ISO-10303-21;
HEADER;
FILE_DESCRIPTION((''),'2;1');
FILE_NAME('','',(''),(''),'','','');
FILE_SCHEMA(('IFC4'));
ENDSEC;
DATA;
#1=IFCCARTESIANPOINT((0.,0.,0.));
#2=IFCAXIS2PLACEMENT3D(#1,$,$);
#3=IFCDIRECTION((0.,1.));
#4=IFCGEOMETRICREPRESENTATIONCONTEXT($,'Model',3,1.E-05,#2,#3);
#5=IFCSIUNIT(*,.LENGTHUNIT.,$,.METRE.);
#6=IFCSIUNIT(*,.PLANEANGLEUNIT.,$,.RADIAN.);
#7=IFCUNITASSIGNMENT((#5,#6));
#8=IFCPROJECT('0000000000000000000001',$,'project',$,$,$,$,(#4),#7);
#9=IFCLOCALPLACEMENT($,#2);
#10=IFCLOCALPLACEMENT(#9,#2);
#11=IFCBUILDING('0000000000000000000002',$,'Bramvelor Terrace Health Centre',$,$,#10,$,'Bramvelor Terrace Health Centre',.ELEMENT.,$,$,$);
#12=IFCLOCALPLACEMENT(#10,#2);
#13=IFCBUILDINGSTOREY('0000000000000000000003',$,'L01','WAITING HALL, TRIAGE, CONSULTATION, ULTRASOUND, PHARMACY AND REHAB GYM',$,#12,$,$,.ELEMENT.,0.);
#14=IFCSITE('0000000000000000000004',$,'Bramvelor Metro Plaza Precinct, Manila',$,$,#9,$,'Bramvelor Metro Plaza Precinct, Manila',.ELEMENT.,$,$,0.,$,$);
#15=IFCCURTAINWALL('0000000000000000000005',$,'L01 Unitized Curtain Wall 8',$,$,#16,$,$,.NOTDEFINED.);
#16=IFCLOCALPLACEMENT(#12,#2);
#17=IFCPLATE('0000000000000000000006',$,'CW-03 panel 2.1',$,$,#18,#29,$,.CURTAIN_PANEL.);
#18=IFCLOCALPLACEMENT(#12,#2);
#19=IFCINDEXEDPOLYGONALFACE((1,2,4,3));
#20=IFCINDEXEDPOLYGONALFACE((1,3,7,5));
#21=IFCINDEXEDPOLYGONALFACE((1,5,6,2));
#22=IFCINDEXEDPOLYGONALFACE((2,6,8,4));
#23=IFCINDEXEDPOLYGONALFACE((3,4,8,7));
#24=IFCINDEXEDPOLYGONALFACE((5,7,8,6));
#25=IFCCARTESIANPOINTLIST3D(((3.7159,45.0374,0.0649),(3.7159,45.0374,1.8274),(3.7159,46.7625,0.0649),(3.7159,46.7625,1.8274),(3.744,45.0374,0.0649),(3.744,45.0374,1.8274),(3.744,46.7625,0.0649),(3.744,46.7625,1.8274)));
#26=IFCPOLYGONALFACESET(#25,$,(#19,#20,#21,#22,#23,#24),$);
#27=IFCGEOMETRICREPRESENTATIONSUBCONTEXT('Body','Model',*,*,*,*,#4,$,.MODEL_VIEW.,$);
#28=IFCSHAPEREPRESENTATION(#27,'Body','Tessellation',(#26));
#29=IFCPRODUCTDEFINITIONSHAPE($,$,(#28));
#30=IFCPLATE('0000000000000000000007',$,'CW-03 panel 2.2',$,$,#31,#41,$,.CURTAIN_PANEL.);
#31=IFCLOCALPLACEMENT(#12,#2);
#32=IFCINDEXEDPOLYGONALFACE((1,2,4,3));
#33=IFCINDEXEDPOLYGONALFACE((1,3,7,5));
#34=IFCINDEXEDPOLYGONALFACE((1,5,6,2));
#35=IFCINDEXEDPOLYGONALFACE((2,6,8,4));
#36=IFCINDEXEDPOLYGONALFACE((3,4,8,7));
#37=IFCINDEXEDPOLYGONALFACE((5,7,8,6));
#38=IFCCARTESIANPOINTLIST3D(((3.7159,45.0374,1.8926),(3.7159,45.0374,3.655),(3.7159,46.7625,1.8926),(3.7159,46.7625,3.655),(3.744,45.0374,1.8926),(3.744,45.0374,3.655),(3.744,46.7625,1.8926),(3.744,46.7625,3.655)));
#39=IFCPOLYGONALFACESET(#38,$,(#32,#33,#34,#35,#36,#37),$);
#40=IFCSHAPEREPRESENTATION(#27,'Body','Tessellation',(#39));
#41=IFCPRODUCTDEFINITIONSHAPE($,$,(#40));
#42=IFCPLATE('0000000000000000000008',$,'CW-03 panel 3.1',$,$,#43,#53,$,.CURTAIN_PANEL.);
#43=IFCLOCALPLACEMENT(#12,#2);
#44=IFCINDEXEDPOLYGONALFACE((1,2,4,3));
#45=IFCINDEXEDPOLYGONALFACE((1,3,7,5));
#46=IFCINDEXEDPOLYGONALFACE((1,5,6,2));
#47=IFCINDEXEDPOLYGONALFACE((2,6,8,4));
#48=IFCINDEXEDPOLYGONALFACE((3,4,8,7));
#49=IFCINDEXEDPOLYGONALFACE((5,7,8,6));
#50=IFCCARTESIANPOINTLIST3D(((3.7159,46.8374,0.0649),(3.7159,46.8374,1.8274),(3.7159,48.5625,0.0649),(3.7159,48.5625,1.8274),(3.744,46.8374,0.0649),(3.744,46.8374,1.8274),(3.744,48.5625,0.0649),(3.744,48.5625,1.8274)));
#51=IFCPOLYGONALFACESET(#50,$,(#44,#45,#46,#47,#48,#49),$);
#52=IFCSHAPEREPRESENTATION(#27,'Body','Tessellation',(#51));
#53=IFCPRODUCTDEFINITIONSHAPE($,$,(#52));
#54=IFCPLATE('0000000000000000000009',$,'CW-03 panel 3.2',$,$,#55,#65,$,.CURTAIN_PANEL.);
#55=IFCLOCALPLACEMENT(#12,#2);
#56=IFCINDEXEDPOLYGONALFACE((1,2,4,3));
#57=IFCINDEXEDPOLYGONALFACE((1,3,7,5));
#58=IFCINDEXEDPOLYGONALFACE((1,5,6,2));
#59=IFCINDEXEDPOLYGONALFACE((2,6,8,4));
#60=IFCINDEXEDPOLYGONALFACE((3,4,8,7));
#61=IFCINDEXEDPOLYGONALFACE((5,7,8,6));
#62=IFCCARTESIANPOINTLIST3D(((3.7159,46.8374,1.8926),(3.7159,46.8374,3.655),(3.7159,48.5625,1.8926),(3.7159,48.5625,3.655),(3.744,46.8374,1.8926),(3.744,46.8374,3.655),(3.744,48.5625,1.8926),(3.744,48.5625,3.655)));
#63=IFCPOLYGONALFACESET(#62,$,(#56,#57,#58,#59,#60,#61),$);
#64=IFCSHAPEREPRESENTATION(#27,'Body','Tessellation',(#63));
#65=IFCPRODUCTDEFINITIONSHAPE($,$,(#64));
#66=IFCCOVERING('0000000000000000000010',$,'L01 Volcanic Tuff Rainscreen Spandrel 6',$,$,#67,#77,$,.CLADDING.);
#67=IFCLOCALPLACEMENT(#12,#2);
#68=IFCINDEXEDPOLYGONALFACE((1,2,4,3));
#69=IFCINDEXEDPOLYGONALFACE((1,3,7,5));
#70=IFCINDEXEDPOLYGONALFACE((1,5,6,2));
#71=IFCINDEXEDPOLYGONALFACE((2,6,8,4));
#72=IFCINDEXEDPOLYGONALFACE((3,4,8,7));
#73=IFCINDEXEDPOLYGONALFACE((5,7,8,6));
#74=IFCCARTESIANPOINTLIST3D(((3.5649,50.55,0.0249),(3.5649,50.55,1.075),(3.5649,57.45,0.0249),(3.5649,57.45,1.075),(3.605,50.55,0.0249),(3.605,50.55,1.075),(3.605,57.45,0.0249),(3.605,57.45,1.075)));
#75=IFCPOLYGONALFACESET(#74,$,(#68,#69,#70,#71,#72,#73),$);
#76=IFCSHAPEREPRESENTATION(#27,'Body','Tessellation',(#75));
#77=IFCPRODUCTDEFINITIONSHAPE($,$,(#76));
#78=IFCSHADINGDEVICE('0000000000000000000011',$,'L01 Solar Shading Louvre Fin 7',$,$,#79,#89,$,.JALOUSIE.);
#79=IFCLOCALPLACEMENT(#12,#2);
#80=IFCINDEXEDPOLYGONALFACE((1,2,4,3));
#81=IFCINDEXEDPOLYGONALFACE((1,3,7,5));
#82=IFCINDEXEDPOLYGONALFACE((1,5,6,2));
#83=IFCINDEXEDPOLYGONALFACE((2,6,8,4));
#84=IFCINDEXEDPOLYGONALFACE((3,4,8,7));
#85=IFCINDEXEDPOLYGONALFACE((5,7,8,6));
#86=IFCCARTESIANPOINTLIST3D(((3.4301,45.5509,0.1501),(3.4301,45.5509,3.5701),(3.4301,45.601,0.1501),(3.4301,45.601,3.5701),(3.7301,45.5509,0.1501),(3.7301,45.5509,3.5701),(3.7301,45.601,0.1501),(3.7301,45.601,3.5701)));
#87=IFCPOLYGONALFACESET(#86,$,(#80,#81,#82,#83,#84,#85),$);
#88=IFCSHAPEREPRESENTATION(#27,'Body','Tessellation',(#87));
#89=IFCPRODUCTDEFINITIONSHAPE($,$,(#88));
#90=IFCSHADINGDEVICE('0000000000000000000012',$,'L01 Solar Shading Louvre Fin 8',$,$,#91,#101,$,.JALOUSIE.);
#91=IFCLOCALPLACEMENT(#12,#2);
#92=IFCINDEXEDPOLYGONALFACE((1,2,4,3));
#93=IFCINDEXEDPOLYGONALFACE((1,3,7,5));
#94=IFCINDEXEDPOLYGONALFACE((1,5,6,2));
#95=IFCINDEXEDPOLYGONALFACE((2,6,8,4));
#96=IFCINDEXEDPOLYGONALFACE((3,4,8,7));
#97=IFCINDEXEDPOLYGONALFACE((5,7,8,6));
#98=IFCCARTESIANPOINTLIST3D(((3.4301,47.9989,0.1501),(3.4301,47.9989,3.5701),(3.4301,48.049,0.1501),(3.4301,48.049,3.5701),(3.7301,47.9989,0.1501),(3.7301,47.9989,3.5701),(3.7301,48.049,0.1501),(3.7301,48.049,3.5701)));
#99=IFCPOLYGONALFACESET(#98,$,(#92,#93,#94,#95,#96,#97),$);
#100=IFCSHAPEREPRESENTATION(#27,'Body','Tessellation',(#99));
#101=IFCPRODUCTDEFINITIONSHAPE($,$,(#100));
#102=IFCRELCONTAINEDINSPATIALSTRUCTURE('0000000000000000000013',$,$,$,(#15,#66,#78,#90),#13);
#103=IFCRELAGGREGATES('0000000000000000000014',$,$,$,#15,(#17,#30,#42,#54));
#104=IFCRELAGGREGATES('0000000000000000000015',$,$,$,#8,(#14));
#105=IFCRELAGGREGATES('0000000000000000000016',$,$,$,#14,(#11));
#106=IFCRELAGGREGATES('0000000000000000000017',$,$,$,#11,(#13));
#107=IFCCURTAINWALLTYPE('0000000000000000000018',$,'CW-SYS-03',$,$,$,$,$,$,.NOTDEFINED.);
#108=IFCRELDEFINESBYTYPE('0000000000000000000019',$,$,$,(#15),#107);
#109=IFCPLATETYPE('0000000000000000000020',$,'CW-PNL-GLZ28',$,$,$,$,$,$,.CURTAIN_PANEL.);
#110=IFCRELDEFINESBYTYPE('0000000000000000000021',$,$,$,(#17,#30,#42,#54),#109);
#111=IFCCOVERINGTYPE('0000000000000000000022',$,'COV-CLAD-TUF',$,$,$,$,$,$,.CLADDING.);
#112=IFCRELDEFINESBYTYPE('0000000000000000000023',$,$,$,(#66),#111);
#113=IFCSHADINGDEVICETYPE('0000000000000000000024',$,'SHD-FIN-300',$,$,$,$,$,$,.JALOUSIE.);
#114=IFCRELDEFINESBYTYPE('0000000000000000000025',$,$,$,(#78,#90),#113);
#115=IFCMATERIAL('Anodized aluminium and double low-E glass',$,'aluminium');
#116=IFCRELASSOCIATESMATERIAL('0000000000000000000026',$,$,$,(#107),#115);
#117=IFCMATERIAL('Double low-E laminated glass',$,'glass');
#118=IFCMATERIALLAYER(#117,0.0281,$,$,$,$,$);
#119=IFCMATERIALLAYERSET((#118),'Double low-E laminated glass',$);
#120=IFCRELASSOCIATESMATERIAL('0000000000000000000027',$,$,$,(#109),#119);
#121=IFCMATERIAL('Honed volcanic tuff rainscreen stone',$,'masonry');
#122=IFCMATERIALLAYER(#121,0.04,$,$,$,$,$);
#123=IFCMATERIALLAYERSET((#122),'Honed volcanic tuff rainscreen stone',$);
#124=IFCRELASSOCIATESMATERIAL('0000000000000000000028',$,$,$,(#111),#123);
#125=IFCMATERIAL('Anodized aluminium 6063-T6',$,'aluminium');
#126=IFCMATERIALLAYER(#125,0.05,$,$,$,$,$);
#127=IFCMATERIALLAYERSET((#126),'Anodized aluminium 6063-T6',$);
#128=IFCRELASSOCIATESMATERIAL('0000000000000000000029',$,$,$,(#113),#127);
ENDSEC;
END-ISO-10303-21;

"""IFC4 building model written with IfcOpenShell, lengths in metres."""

from ifc_helpers import new_model, si_unit, direction, frame, origin, origin_2d, place, context, subcontext, project, spatial, rectangle, extrude, material, layer, layer_set, type_object, element, aggregate, save


model = new_model("IFC4")

# Units and contexts
model_context = context("Model", 3, precision=1e-05, world=origin(), true_north=direction((0.0, 1.0)))
body_context = subcontext(model_context, "Body", "Model", "MODEL_VIEW")
ifc_project = project(units=[si_unit("LENGTHUNIT", "METRE"), si_unit("PLANEANGLEUNIT", "RADIAN")], contexts=[model_context])

# Site, building, storey
site_placement = place(None, origin())
site = spatial("IfcSite", under=ifc_project, at=site_placement, Name="Bramvelor Metro Plaza Precinct, Manila", LongName="Bramvelor Metro Plaza Precinct, Manila", CompositionType="ELEMENT", RefElevation=0.0)
building_placement = place(site_placement, origin())
building = spatial("IfcBuilding", under=site, at=building_placement, Name="Bramvelor Terrace Health Centre", LongName="Bramvelor Terrace Health Centre", CompositionType="ELEMENT")
storey_placement = place(building_placement, origin())
storey = spatial("IfcBuildingStorey", under=building, at=storey_placement, Name="L01", Description="WAITING HALL, TRIAGE, CONSULTATION, ULTRASOUND, PHARMACY AND REHAB GYM", CompositionType="ELEMENT", Elevation=0.0)

# Curtain wall, plates
ifc_material_1 = material(Name="Anodized aluminium and double low-E glass", Category="aluminium")
curtain_wall_type = type_object("IfcCurtainWallType", Name="CW-SYS-03", PredefinedType="NOTDEFINED", material=ifc_material_1)
curtain_wall_placement = place(storey_placement, origin())
curtain_wall = element("IfcCurtainWall", 1, at=curtain_wall_placement, inside=storey, type_object=curtain_wall_type, Name="L01 Unitized Curtain Wall 8", PredefinedType="NOTDEFINED")
ifc_material_2 = material(Name="Double low-E laminated glass", Category="glass")
ifc_layer_1 = layer(ifc_material_2, 0.0281)
ifc_layer_set_1 = layer_set([ifc_layer_1], Name="Double low-E laminated glass")
plate_type = type_object("IfcPlateType", Name="CW-PNL-GLZ28", PredefinedType="CURTAIN_PANEL", material=ifc_layer_set_1)
plate_1_placement = place(storey_placement, frame((3.73, 45.8999, 0.0649), z_axis=(0.0, 0.0, 1.0), x_axis=(0.0, 1.0, 0.0)))
plate_1 = element("IfcPlate", 2, at=plate_1_placement, type_object=plate_type, Name="CW-03 panel 2.1", PredefinedType="CURTAIN_PANEL", context=body_context, shape_type="SweptSolid", body=[
    extrude(rectangle(XDim=1.7251, YDim=0.0281, at=origin_2d()), origin(), (0.0, 0.0, 1.0), 1.7625),
])
plate_2_placement = place(storey_placement, frame((3.73, 45.8999, 1.8926), z_axis=(0.0, 0.0, 1.0), x_axis=(0.0, 1.0, 0.0)))
plate_2 = element("IfcPlate", 3, at=plate_2_placement, type_object=plate_type, Name="CW-03 panel 2.2", PredefinedType="CURTAIN_PANEL", context=body_context, shape_type="SweptSolid", body=[
    extrude(rectangle(XDim=1.7251, YDim=0.0281, at=origin_2d()), origin(), (0.0, 0.0, 1.0), 1.7625),
])
plate_3_placement = place(storey_placement, frame((3.73, 47.7, 0.0649), z_axis=(0.0, 0.0, 1.0), x_axis=(0.0, 1.0, 0.0)))
plate_3 = element("IfcPlate", 4, at=plate_3_placement, type_object=plate_type, Name="CW-03 panel 3.1", PredefinedType="CURTAIN_PANEL", context=body_context, shape_type="SweptSolid", body=[
    extrude(rectangle(XDim=1.7251, YDim=0.0281, at=origin_2d()), origin(), (0.0, 0.0, 1.0), 1.7625),
])
plate_4_placement = place(storey_placement, frame((3.73, 47.7, 1.8926), z_axis=(0.0, 0.0, 1.0), x_axis=(0.0, 1.0, 0.0)))
plate_4 = element("IfcPlate", 5, at=plate_4_placement, type_object=plate_type, Name="CW-03 panel 3.2", PredefinedType="CURTAIN_PANEL", context=body_context, shape_type="SweptSolid", body=[
    extrude(rectangle(XDim=1.7251, YDim=0.0281, at=origin_2d()), origin(), (0.0, 0.0, 1.0), 1.7625),
])
aggregate(curtain_wall, [plate_1, plate_2, plate_3, plate_4])

# Covering
ifc_material_3 = material(Name="Honed volcanic tuff rainscreen stone", Category="masonry")
ifc_layer_2 = layer(ifc_material_3, 0.04)
ifc_layer_set_2 = layer_set([ifc_layer_2], Name="Honed volcanic tuff rainscreen stone")
covering_type = type_object("IfcCoveringType", Name="COV-CLAD-TUF", PredefinedType="CLADDING", material=ifc_layer_set_2)
covering_placement = place(storey_placement, frame((3.585, 54.0, 0.0249), z_axis=(0.0, 0.0, 1.0), x_axis=(1.0, 0.0, 0.0)))
element("IfcCovering", 6, at=covering_placement, inside=storey, type_object=covering_type, Name="L01 Volcanic Tuff Rainscreen Spandrel 6", PredefinedType="CLADDING", context=body_context, shape_type="SweptSolid", body=[
    extrude(rectangle(XDim=0.04, YDim=6.8999, at=origin_2d()), origin(), (0.0, 0.0, 1.0), 1.05),
])

# Shading devices
ifc_material_4 = material(Name="Anodized aluminium 6063-T6", Category="aluminium")
ifc_layer_3 = layer(ifc_material_4, 0.05)
ifc_layer_set_3 = layer_set([ifc_layer_3], Name="Anodized aluminium 6063-T6")
shading_device_type = type_object("IfcShadingDeviceType", Name="SHD-FIN-300", PredefinedType="JALOUSIE", material=ifc_layer_set_3)
for number, where, z_axis, x_axis, name in (
    (7, (3.5801, 45.5759, 0.1501), (0.0, 0.0, 1.0), (1.0, 0.0, 0.0), "L01 Solar Shading Louvre Fin 7"),
    (8, (3.5801, 48.0239, 0.1501), (0.0, 0.0, 1.0), (1.0, 0.0, 0.0), "L01 Solar Shading Louvre Fin 8"),
):
    element("IfcShadingDevice", number, at=place(storey_placement, frame(where, z_axis=z_axis, x_axis=x_axis)), inside=storey, type_object=shading_device_type, Name=name, PredefinedType="JALOUSIE", context=body_context, shape_type="SweptSolid", body=[
        extrude(rectangle(XDim=0.3, YDim=0.05, at=origin_2d()), origin(), (0.0, 0.0, 1.0), 3.4199),
    ])

save(model, "model.ifc")
